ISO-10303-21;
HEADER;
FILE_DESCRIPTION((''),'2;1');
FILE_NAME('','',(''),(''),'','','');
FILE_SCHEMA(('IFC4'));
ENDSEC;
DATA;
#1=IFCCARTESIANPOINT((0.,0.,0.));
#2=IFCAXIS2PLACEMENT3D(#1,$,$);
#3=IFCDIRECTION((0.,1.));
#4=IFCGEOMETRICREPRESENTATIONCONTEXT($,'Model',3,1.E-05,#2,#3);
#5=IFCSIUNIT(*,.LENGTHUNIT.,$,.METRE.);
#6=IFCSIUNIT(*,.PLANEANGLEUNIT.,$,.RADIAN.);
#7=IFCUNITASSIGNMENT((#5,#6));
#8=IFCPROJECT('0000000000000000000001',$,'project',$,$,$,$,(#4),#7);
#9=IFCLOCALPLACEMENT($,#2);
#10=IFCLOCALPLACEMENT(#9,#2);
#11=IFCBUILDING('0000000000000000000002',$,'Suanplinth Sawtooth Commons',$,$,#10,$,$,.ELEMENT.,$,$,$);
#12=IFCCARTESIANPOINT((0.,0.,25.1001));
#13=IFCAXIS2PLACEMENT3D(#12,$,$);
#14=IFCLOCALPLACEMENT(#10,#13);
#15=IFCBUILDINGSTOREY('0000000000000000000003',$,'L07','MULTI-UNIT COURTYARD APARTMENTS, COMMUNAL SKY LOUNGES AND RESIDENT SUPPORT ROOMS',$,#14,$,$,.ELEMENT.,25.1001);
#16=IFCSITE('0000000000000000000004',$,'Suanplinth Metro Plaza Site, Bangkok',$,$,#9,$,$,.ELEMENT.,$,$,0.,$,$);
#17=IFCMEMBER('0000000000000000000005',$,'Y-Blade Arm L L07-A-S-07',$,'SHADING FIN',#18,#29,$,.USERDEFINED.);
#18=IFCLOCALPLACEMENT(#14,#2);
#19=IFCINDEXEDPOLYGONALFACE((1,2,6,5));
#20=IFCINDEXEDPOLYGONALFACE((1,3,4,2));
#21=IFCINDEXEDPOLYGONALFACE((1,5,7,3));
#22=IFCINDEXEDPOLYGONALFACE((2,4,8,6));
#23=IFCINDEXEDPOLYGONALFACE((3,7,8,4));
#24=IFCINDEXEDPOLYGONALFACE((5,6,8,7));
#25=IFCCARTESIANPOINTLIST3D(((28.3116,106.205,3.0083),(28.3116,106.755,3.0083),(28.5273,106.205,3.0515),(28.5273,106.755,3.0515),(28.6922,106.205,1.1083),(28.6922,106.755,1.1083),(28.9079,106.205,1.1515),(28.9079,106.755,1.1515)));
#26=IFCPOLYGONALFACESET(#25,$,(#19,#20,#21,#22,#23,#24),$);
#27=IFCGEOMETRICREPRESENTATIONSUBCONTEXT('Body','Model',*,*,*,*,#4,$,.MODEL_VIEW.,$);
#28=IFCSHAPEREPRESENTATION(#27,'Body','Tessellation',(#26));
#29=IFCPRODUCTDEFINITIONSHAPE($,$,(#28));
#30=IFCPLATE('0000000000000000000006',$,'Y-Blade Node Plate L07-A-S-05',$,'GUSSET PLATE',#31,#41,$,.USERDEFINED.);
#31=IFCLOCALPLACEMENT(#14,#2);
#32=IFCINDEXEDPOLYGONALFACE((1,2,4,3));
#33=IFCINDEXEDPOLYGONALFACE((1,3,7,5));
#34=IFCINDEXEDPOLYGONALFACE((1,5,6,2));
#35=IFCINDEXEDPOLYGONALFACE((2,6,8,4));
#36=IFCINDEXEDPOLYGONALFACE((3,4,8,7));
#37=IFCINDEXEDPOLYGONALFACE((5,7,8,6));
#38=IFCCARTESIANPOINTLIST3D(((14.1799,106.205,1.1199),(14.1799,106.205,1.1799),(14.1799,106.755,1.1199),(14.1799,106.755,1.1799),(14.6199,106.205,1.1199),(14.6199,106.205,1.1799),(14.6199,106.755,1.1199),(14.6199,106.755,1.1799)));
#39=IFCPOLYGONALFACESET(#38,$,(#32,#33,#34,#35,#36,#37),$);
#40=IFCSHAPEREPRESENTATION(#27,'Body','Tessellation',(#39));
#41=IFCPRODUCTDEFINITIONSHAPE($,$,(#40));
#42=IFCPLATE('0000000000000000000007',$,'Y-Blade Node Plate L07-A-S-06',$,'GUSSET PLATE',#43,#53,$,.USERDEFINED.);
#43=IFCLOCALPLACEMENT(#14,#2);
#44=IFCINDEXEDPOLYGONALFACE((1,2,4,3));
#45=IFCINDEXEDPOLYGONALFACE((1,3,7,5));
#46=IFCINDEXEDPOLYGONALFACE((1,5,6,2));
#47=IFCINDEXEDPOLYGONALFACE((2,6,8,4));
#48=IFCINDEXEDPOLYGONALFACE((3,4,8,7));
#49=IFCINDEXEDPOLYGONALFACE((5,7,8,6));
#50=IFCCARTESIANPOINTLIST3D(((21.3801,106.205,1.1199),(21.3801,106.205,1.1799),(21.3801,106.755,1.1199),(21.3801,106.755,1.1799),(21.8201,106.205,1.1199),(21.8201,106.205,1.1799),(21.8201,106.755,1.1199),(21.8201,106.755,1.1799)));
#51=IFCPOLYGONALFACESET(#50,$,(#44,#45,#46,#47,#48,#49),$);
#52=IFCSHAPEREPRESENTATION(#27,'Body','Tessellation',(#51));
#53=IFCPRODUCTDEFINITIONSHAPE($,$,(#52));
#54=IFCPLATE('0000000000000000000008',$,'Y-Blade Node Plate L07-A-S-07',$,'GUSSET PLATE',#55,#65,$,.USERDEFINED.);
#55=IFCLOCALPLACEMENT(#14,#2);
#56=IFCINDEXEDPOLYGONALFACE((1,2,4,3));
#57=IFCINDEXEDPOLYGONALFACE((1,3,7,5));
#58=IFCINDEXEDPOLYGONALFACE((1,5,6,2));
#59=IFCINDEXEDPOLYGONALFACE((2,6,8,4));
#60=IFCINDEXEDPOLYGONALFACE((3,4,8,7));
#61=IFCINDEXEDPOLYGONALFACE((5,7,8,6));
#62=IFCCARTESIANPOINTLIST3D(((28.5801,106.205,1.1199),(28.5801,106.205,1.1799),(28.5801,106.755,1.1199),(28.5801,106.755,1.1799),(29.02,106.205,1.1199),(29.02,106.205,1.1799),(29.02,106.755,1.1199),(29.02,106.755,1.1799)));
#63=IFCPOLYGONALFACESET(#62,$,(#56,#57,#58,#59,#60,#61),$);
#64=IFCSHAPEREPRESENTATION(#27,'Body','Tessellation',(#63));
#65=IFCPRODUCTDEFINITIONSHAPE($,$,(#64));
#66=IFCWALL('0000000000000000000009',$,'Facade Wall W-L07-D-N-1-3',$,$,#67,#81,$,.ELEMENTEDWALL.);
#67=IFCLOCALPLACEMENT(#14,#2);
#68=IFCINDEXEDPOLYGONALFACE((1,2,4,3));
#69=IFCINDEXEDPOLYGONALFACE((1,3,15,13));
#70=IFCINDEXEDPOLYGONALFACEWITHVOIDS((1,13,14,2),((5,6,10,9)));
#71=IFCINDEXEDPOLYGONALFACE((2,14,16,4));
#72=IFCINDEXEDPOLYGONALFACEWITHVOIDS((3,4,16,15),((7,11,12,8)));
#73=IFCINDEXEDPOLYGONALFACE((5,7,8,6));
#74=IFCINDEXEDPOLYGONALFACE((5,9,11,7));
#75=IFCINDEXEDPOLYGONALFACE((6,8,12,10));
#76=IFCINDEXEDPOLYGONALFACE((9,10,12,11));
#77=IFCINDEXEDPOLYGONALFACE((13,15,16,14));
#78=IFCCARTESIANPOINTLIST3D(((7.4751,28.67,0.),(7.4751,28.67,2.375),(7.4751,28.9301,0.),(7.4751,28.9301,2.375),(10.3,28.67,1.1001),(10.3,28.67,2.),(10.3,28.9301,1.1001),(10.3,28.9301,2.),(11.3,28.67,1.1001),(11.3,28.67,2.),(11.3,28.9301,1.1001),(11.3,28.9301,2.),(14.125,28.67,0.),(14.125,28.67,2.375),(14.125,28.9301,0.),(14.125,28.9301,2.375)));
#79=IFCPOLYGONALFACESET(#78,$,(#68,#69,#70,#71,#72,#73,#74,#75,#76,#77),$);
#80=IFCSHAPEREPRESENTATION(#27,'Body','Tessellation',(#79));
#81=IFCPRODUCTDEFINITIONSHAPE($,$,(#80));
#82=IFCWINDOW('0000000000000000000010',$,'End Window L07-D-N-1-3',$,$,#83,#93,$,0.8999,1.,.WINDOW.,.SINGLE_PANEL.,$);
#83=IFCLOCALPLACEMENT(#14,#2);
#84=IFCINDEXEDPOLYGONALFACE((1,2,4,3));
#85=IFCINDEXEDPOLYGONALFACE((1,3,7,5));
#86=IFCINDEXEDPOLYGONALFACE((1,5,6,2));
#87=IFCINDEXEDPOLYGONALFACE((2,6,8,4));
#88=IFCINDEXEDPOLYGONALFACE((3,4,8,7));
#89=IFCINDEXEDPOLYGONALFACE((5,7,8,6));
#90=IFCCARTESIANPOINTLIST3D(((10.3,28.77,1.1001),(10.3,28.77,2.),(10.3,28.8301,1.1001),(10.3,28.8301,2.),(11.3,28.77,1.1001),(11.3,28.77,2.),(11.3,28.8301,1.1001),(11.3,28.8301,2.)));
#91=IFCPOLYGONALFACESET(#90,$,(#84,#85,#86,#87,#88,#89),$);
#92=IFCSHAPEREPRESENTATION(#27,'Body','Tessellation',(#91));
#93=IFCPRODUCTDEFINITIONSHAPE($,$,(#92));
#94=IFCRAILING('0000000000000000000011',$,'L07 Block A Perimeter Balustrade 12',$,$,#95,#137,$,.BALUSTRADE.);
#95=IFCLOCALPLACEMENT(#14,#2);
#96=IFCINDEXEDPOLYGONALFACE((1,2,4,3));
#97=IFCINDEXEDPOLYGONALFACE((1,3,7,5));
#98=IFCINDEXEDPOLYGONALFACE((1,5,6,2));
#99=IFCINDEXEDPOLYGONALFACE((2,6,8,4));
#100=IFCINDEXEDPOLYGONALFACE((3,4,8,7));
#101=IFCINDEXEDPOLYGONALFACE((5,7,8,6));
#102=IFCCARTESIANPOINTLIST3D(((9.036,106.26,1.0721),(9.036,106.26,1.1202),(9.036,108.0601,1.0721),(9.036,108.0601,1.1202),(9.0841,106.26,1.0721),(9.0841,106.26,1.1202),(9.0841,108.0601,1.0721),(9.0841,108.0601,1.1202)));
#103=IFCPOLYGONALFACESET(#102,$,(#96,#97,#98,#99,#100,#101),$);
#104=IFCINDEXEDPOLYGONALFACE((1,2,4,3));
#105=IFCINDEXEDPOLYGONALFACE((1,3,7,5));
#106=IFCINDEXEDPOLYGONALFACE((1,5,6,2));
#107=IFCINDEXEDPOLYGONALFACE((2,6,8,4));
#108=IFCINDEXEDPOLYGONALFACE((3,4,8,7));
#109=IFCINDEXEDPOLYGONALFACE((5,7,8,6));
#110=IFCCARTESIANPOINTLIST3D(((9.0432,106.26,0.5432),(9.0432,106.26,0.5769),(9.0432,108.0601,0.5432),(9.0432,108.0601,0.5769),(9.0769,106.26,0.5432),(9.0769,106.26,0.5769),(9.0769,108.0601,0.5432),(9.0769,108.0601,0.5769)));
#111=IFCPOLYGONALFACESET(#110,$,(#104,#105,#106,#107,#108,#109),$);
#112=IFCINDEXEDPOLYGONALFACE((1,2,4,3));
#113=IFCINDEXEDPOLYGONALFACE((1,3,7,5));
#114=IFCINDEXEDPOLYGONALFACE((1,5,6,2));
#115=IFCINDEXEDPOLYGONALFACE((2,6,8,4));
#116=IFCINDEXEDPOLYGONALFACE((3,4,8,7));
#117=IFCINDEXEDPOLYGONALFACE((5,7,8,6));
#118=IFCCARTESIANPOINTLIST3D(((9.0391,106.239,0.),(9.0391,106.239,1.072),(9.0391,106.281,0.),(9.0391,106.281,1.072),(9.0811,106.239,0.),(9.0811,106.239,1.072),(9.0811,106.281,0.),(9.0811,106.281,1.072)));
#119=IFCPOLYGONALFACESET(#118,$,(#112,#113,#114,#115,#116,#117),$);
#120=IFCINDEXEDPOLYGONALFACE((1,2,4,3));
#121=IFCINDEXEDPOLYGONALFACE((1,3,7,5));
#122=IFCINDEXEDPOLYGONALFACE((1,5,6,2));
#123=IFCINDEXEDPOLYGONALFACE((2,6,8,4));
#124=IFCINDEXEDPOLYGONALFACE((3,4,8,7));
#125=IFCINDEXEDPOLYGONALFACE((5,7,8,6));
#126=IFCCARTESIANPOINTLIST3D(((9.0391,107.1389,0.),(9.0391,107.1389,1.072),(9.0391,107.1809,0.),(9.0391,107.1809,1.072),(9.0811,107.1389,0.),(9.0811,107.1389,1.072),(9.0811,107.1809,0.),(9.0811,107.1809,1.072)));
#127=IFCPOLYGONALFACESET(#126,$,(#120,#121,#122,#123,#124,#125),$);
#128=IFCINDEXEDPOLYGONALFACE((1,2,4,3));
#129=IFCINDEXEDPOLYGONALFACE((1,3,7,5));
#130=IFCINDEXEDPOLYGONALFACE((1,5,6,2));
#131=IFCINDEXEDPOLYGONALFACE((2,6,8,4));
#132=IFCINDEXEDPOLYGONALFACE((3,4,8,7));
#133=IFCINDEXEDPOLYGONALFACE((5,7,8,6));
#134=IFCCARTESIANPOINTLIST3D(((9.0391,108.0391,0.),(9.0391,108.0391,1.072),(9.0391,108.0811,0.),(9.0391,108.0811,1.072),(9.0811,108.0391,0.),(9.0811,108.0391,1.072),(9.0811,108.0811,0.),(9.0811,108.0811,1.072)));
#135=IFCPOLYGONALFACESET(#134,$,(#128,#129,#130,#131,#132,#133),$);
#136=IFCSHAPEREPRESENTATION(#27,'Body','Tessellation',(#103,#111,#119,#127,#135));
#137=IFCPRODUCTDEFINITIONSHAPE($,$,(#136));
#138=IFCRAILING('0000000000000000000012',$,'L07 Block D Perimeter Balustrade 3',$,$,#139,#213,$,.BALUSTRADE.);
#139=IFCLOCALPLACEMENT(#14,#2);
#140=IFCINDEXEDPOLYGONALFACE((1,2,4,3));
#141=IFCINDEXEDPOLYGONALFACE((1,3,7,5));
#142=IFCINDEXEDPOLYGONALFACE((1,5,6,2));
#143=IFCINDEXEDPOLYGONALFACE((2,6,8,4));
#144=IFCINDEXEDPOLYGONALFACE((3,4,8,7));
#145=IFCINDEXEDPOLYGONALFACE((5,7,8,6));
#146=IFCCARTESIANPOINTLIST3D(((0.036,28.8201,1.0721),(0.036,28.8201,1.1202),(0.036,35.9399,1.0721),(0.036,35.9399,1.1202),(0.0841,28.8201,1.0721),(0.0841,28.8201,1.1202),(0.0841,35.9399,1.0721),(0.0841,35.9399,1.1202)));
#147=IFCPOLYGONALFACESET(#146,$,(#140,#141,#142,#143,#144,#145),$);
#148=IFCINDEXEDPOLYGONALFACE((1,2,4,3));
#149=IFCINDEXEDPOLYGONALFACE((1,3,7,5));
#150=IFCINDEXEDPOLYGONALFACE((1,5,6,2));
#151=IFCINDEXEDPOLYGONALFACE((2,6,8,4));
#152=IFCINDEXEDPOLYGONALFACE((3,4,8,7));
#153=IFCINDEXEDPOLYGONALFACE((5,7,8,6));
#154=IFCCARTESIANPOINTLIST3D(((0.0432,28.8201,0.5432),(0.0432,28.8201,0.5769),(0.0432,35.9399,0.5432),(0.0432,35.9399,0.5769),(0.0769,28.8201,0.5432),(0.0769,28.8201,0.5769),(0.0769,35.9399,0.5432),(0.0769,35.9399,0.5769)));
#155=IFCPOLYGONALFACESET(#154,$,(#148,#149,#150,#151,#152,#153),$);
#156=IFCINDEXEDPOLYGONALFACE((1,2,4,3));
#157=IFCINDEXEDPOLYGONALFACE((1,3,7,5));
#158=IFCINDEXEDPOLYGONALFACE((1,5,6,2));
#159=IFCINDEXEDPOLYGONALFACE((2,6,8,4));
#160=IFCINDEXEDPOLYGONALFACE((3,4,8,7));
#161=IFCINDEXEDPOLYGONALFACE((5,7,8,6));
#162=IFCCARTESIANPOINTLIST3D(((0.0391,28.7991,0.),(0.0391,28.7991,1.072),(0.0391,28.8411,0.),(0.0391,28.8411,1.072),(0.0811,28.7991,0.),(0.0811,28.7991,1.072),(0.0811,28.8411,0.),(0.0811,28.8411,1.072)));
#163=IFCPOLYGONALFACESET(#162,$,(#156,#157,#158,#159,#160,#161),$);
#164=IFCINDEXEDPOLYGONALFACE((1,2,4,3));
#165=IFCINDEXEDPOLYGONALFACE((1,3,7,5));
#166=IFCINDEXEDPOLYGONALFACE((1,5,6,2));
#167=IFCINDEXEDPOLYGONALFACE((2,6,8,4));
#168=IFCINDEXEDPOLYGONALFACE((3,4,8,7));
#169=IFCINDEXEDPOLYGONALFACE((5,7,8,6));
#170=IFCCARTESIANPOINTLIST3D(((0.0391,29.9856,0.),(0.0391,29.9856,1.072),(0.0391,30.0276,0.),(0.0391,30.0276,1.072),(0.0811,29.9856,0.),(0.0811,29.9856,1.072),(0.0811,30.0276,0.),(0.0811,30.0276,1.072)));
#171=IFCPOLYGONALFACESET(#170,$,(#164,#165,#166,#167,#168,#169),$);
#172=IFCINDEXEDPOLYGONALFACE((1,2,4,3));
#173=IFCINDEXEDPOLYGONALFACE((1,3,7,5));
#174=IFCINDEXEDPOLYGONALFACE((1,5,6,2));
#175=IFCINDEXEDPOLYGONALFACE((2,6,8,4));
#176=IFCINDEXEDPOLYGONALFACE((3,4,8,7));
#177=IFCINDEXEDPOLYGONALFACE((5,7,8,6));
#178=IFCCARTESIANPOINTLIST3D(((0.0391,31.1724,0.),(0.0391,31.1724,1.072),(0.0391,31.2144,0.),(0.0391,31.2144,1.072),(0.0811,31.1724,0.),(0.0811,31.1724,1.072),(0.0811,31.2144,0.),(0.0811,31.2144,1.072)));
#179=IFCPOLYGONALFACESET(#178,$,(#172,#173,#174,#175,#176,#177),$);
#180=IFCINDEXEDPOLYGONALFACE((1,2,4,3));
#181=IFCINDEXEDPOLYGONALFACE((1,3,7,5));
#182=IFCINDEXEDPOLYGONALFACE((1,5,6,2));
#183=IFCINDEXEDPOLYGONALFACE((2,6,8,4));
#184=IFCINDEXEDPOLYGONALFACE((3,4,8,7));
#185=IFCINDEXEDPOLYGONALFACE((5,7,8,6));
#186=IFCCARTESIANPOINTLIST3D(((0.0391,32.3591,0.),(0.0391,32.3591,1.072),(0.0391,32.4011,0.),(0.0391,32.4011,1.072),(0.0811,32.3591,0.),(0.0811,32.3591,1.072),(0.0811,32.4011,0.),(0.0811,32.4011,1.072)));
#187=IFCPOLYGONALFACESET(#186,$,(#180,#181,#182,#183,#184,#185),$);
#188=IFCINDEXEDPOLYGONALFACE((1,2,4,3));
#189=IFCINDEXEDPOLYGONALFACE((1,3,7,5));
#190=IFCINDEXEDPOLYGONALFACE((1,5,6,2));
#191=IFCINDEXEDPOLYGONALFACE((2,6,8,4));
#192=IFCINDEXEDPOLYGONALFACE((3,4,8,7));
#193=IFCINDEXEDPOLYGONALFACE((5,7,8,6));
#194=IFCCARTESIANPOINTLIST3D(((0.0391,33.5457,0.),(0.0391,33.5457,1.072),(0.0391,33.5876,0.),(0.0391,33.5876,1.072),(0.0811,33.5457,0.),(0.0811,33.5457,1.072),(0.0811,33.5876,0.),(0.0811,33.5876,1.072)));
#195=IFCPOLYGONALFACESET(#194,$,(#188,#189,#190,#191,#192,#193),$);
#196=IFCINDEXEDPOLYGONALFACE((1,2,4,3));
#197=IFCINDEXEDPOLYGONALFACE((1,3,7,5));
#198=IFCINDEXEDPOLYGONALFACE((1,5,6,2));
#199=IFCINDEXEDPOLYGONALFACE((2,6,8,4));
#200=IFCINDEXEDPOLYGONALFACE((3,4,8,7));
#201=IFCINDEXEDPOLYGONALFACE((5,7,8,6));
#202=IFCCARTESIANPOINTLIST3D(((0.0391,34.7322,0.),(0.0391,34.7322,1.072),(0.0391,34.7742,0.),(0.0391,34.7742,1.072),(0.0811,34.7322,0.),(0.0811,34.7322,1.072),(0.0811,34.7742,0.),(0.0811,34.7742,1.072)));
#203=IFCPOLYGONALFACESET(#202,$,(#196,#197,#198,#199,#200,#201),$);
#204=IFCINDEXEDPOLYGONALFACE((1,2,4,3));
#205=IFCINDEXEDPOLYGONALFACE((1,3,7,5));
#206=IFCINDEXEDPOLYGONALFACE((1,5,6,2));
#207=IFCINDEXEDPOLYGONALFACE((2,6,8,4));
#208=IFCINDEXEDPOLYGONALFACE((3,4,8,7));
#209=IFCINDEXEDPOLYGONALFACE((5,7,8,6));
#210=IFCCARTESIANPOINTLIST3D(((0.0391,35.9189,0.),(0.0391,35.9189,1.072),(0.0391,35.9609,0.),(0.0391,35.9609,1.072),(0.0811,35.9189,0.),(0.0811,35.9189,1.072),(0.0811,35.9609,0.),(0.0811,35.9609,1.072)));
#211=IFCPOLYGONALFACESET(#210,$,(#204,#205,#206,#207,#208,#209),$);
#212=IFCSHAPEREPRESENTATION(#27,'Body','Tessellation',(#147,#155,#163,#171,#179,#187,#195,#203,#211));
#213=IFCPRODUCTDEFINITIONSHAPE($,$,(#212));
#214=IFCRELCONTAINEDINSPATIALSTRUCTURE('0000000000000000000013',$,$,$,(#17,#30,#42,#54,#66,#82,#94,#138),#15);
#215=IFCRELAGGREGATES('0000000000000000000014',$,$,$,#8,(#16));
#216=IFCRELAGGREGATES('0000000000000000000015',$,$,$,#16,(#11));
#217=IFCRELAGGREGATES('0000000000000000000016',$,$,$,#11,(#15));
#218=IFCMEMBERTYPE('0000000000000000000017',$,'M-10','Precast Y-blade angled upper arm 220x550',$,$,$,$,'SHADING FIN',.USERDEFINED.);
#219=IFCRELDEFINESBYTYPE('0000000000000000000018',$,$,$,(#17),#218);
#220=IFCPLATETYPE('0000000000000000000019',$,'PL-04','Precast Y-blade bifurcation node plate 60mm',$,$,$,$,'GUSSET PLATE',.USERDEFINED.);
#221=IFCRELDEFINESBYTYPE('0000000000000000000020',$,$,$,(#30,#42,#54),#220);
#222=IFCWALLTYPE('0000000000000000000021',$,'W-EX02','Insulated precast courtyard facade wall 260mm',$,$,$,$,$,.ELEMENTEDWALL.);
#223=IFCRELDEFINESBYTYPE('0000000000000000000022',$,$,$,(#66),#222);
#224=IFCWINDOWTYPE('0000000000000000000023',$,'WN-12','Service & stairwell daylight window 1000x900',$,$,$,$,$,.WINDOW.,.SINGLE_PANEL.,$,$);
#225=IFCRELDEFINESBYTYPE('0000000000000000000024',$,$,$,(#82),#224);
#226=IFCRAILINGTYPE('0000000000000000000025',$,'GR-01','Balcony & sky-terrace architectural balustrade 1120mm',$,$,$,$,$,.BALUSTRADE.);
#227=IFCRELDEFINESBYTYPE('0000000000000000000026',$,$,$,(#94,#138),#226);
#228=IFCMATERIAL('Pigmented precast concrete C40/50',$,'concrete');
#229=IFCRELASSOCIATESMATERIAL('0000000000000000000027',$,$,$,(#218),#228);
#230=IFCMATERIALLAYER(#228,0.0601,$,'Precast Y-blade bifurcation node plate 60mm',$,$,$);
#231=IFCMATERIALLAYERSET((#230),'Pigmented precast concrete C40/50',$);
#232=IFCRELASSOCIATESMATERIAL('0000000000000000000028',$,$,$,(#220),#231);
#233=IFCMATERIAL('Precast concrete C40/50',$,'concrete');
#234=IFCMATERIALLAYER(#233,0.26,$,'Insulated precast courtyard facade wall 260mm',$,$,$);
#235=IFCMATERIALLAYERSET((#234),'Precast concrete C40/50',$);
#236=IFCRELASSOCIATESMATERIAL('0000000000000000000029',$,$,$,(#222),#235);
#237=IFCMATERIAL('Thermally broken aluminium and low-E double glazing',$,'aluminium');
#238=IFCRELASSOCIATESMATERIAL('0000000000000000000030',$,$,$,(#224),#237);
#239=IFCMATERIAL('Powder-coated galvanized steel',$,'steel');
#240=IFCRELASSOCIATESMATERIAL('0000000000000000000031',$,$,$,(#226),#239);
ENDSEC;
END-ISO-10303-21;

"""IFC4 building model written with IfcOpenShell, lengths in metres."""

from ifc_helpers import new_model, si_unit, direction, frame, frame_2d, origin, origin_2d, place, context, subcontext, project, spatial, rectangle, extrude, material, layer, layer_set, material_profile, profile_set, type_object, element, fill, save


model = new_model("IFC4")

# Units and contexts
model_context = context("Model", 3, precision=1e-05, world=origin(), true_north=direction((0.0, 1.0)))
body_context = subcontext(model_context, "Body", "Model", "MODEL_VIEW")
ifc_project = project(units=[si_unit("LENGTHUNIT", "METRE"), si_unit("PLANEANGLEUNIT", "RADIAN")], contexts=[model_context])

# Site, building, storey
site_placement = place(None, origin())
site = spatial("IfcSite", under=ifc_project, at=site_placement, Name="Suanplinth Metro Plaza Site, Bangkok", CompositionType="ELEMENT", RefElevation=0.0)
building_placement = place(site_placement, origin())
building = spatial("IfcBuilding", under=site, at=building_placement, Name="Suanplinth Sawtooth Commons", CompositionType="ELEMENT")
storey_placement = place(building_placement, frame((0.0, 0.0, 25.1001)))
storey = spatial("IfcBuildingStorey", under=building, at=storey_placement, Name="L07", Description="MULTI-UNIT COURTYARD APARTMENTS, COMMUNAL SKY LOUNGES AND RESIDENT SUPPORT ROOMS", CompositionType="ELEMENT", Elevation=25.1001)

# Shared definitions
ifc_material_1 = material(Name="Precast concrete C40/50", Category="concrete")

# Member
ifc_material_2 = material(Name="Pigmented precast concrete C40/50", Category="concrete")
ifc_material_profile_1 = material_profile(ifc_material_2, rectangle(XDim=0.22, YDim=0.55, at=origin_2d()), Name="PC-FIN 220x550")
ifc_profile_set_1 = profile_set([ifc_material_profile_1], Name="Pigmented precast concrete C40/50")
member_type_1 = type_object("IfcMemberType", Name="M-10", Description="Precast Y-blade angled upper arm 220x550", ElementType="SHADING FIN", PredefinedType="USERDEFINED", material=ifc_profile_set_1)
member_1_placement = place(storey_placement, frame((28.8, 106.48, 1.1299), z_axis=(-0.196431, 0.0, 0.980518), x_axis=(0.980518, 0.0, 0.196431)))
element("IfcMember", 1, at=member_1_placement, inside=storey, type_object=member_type_1, Name="Y-Blade Arm L L07-A-S-07", ObjectType="SHADING FIN", PredefinedType="USERDEFINED", context=body_context, shape_type="SweptSolid", body=[
    extrude(rectangle(XDim=0.22, YDim=0.55, at=origin_2d()), origin(), (0.0, 0.0, 1.0), 1.9377),
])

# Plates
ifc_layer_1 = layer(ifc_material_2, 0.0601, Name="Precast Y-blade bifurcation node plate 60mm")
ifc_layer_set_1 = layer_set([ifc_layer_1], Name="Pigmented precast concrete C40/50")
plate_type = type_object("IfcPlateType", Name="PL-04", Description="Precast Y-blade bifurcation node plate 60mm", ElementType="GUSSET PLATE", PredefinedType="USERDEFINED", material=ifc_layer_set_1)
for number, where, z_axis, x_axis, name in (
    (2, (14.3999, 106.48, 1.1199), (0.0, 0.0, 1.0), (1.0, 0.0, 0.0), "Y-Blade Node Plate L07-A-S-05"),
    (3, (21.6001, 106.48, 1.1199), (0.0, 0.0, 1.0), (1.0, 0.0, 0.0), "Y-Blade Node Plate L07-A-S-06"),
    (4, (28.8, 106.48, 1.1199), (0.0, 0.0, 1.0), (1.0, 0.0, 0.0), "Y-Blade Node Plate L07-A-S-07"),
):
    element("IfcPlate", number, at=place(storey_placement, frame(where, z_axis=z_axis, x_axis=x_axis)), inside=storey, type_object=plate_type, Name=name, ObjectType="GUSSET PLATE", PredefinedType="USERDEFINED", context=body_context, shape_type="SweptSolid", body=[
        extrude(rectangle(XDim=0.4399, YDim=0.55, at=origin_2d()), origin(), (0.0, 0.0, 1.0), 0.0601),
    ])

# Wall, opening, window
ifc_layer_2 = layer(ifc_material_1, 0.26, Name="Insulated precast courtyard facade wall 260mm")
ifc_layer_set_2 = layer_set([ifc_layer_2], Name="Precast concrete C40/50")
wall_type = type_object("IfcWallType", Name="W-EX02", Description="Insulated precast courtyard facade wall 260mm", PredefinedType="ELEMENTEDWALL", material=ifc_layer_set_2)
wall_placement = place(storey_placement, frame((7.4751, 28.8, 0.0), z_axis=(0.0, 0.0, 1.0), x_axis=(1.0, 0.0, 0.0)))
wall = element("IfcWall", 5, at=wall_placement, inside=storey, type_object=wall_type, Name="Facade Wall W-L07-D-N-1-3", PredefinedType="ELEMENTEDWALL", context=body_context, shape_type="SweptSolid", body=[
    extrude(rectangle(XDim=6.6499, YDim=0.26, at=frame_2d((3.325, 0.0))), origin(), (0.0, 0.0, 1.0), 2.375),
])
opening_placement = place(wall_placement, frame((2.825, 0.0, 1.1001)))
opening = element("IfcOpeningElement", 6, at=opening_placement, cuts=wall, PredefinedType="OPENING", context=body_context, shape_type="SweptSolid", body=[
    extrude(rectangle(XDim=1.0, YDim=0.8999, at=frame_2d((0.5, 0.45))), frame((0.0, 0.145, 0.0), z_axis=(0.0, -1.0, 0.0), x_axis=(1.0, 0.0, 0.0)), (0.0, 0.0, 1.0), 0.2898),
])
ifc_material_3 = material(Name="Thermally broken aluminium and low-E double glazing", Category="aluminium")
window_type = type_object("IfcWindowType", Name="WN-12", Description="Service & stairwell daylight window 1000x900", PartitioningType="SINGLE_PANEL", PredefinedType="WINDOW", material=ifc_material_3)
window_placement = place(opening_placement, origin())
window = element("IfcWindow", 7, at=window_placement, inside=storey, type_object=window_type, Name="End Window L07-D-N-1-3", OverallHeight=0.8999, OverallWidth=1.0, PartitioningType="SINGLE_PANEL", PredefinedType="WINDOW", context=body_context, shape_type="SweptSolid", body=[
    extrude(rectangle(XDim=1.0, YDim=0.8999, at=frame_2d((0.5, 0.45))), frame((0.0, 0.03, 0.0), z_axis=(0.0, -1.0, 0.0), x_axis=(1.0, 0.0, 0.0)), (0.0, 0.0, 1.0), 0.0601),
])
fill(opening, window)

# Railings
ifc_material_4 = material(Name="Powder-coated galvanized steel", Category="steel")
railing_type = type_object("IfcRailingType", Name="GR-01", Description="Balcony & sky-terrace architectural balustrade 1120mm", PredefinedType="BALUSTRADE", material=ifc_material_4)
railing_1_placement = place(storey_placement, frame((9.0601, 106.26, 0.0)))
element("IfcRailing", 8, at=railing_1_placement, inside=storey, type_object=railing_type, Name="L07 Block A Perimeter Balustrade 12", PredefinedType="BALUSTRADE", context=body_context, shape_type="SweptSolid", body=[
    extrude(rectangle(XDim=0.0481, YDim=0.0481, at=origin_2d()), frame((0.0, 0.0, 1.0962), z_axis=(0.0, 1.0, 0.0), x_axis=(-1.0, 0.0, 0.0)), (0.0, 0.0, 1.0), 1.8),
    extrude(rectangle(XDim=0.0337, YDim=0.0337, at=origin_2d()), frame((0.0, 0.0, 0.5601), z_axis=(0.0, 1.0, 0.0), x_axis=(-1.0, 0.0, 0.0)), (0.0, 0.0, 1.0), 1.8),
    extrude(rectangle(XDim=0.042, YDim=0.042, at=origin_2d()), origin(), (0.0, 0.0, 1.0), 1.072),
    extrude(rectangle(XDim=0.042, YDim=0.042, at=origin_2d()), frame((0.0, 0.8999, 0.0)), (0.0, 0.0, 1.0), 1.072),
    extrude(rectangle(XDim=0.042, YDim=0.042, at=origin_2d()), frame((0.0, 1.8, 0.0)), (0.0, 0.0, 1.0), 1.072),
])
railing_2_placement = place(storey_placement, frame((0.0601, 28.8201, 0.0)))
element("IfcRailing", 9, at=railing_2_placement, inside=storey, type_object=railing_type, Name="L07 Block D Perimeter Balustrade 3", PredefinedType="BALUSTRADE", context=body_context, shape_type="SweptSolid", body=[
    extrude(rectangle(XDim=0.0481, YDim=0.0481, at=origin_2d()), frame((0.0, 0.0, 1.0962), z_axis=(0.0, 1.0, 0.0), x_axis=(-1.0, 0.0, 0.0)), (0.0, 0.0, 1.0), 7.1199),
    extrude(rectangle(XDim=0.0337, YDim=0.0337, at=origin_2d()), frame((0.0, 0.0, 0.5601), z_axis=(0.0, 1.0, 0.0), x_axis=(-1.0, 0.0, 0.0)), (0.0, 0.0, 1.0), 7.1199),
    extrude(rectangle(XDim=0.042, YDim=0.042, at=origin_2d()), origin(), (0.0, 0.0, 1.0), 1.072),
    extrude(rectangle(XDim=0.042, YDim=0.042, at=origin_2d()), frame((0.0, 1.1865, 0.0)), (0.0, 0.0, 1.0), 1.072),
    extrude(rectangle(XDim=0.042, YDim=0.042, at=origin_2d()), frame((0.0, 2.3733, 0.0)), (0.0, 0.0, 1.0), 1.072),
    extrude(rectangle(XDim=0.042, YDim=0.042, at=origin_2d()), frame((0.0, 3.5601, 0.0)), (0.0, 0.0, 1.0), 1.072),
    extrude(rectangle(XDim=0.042, YDim=0.042, at=origin_2d()), frame((0.0, 4.7466, 0.0)), (0.0, 0.0, 1.0), 1.072),
    extrude(rectangle(XDim=0.042, YDim=0.042, at=origin_2d()), frame((0.0, 5.9331, 0.0)), (0.0, 0.0, 1.0), 1.072),
    extrude(rectangle(XDim=0.042, YDim=0.042, at=origin_2d()), frame((0.0, 7.1199, 0.0)), (0.0, 0.0, 1.0), 1.072),
])

save(model, "model.ifc")
